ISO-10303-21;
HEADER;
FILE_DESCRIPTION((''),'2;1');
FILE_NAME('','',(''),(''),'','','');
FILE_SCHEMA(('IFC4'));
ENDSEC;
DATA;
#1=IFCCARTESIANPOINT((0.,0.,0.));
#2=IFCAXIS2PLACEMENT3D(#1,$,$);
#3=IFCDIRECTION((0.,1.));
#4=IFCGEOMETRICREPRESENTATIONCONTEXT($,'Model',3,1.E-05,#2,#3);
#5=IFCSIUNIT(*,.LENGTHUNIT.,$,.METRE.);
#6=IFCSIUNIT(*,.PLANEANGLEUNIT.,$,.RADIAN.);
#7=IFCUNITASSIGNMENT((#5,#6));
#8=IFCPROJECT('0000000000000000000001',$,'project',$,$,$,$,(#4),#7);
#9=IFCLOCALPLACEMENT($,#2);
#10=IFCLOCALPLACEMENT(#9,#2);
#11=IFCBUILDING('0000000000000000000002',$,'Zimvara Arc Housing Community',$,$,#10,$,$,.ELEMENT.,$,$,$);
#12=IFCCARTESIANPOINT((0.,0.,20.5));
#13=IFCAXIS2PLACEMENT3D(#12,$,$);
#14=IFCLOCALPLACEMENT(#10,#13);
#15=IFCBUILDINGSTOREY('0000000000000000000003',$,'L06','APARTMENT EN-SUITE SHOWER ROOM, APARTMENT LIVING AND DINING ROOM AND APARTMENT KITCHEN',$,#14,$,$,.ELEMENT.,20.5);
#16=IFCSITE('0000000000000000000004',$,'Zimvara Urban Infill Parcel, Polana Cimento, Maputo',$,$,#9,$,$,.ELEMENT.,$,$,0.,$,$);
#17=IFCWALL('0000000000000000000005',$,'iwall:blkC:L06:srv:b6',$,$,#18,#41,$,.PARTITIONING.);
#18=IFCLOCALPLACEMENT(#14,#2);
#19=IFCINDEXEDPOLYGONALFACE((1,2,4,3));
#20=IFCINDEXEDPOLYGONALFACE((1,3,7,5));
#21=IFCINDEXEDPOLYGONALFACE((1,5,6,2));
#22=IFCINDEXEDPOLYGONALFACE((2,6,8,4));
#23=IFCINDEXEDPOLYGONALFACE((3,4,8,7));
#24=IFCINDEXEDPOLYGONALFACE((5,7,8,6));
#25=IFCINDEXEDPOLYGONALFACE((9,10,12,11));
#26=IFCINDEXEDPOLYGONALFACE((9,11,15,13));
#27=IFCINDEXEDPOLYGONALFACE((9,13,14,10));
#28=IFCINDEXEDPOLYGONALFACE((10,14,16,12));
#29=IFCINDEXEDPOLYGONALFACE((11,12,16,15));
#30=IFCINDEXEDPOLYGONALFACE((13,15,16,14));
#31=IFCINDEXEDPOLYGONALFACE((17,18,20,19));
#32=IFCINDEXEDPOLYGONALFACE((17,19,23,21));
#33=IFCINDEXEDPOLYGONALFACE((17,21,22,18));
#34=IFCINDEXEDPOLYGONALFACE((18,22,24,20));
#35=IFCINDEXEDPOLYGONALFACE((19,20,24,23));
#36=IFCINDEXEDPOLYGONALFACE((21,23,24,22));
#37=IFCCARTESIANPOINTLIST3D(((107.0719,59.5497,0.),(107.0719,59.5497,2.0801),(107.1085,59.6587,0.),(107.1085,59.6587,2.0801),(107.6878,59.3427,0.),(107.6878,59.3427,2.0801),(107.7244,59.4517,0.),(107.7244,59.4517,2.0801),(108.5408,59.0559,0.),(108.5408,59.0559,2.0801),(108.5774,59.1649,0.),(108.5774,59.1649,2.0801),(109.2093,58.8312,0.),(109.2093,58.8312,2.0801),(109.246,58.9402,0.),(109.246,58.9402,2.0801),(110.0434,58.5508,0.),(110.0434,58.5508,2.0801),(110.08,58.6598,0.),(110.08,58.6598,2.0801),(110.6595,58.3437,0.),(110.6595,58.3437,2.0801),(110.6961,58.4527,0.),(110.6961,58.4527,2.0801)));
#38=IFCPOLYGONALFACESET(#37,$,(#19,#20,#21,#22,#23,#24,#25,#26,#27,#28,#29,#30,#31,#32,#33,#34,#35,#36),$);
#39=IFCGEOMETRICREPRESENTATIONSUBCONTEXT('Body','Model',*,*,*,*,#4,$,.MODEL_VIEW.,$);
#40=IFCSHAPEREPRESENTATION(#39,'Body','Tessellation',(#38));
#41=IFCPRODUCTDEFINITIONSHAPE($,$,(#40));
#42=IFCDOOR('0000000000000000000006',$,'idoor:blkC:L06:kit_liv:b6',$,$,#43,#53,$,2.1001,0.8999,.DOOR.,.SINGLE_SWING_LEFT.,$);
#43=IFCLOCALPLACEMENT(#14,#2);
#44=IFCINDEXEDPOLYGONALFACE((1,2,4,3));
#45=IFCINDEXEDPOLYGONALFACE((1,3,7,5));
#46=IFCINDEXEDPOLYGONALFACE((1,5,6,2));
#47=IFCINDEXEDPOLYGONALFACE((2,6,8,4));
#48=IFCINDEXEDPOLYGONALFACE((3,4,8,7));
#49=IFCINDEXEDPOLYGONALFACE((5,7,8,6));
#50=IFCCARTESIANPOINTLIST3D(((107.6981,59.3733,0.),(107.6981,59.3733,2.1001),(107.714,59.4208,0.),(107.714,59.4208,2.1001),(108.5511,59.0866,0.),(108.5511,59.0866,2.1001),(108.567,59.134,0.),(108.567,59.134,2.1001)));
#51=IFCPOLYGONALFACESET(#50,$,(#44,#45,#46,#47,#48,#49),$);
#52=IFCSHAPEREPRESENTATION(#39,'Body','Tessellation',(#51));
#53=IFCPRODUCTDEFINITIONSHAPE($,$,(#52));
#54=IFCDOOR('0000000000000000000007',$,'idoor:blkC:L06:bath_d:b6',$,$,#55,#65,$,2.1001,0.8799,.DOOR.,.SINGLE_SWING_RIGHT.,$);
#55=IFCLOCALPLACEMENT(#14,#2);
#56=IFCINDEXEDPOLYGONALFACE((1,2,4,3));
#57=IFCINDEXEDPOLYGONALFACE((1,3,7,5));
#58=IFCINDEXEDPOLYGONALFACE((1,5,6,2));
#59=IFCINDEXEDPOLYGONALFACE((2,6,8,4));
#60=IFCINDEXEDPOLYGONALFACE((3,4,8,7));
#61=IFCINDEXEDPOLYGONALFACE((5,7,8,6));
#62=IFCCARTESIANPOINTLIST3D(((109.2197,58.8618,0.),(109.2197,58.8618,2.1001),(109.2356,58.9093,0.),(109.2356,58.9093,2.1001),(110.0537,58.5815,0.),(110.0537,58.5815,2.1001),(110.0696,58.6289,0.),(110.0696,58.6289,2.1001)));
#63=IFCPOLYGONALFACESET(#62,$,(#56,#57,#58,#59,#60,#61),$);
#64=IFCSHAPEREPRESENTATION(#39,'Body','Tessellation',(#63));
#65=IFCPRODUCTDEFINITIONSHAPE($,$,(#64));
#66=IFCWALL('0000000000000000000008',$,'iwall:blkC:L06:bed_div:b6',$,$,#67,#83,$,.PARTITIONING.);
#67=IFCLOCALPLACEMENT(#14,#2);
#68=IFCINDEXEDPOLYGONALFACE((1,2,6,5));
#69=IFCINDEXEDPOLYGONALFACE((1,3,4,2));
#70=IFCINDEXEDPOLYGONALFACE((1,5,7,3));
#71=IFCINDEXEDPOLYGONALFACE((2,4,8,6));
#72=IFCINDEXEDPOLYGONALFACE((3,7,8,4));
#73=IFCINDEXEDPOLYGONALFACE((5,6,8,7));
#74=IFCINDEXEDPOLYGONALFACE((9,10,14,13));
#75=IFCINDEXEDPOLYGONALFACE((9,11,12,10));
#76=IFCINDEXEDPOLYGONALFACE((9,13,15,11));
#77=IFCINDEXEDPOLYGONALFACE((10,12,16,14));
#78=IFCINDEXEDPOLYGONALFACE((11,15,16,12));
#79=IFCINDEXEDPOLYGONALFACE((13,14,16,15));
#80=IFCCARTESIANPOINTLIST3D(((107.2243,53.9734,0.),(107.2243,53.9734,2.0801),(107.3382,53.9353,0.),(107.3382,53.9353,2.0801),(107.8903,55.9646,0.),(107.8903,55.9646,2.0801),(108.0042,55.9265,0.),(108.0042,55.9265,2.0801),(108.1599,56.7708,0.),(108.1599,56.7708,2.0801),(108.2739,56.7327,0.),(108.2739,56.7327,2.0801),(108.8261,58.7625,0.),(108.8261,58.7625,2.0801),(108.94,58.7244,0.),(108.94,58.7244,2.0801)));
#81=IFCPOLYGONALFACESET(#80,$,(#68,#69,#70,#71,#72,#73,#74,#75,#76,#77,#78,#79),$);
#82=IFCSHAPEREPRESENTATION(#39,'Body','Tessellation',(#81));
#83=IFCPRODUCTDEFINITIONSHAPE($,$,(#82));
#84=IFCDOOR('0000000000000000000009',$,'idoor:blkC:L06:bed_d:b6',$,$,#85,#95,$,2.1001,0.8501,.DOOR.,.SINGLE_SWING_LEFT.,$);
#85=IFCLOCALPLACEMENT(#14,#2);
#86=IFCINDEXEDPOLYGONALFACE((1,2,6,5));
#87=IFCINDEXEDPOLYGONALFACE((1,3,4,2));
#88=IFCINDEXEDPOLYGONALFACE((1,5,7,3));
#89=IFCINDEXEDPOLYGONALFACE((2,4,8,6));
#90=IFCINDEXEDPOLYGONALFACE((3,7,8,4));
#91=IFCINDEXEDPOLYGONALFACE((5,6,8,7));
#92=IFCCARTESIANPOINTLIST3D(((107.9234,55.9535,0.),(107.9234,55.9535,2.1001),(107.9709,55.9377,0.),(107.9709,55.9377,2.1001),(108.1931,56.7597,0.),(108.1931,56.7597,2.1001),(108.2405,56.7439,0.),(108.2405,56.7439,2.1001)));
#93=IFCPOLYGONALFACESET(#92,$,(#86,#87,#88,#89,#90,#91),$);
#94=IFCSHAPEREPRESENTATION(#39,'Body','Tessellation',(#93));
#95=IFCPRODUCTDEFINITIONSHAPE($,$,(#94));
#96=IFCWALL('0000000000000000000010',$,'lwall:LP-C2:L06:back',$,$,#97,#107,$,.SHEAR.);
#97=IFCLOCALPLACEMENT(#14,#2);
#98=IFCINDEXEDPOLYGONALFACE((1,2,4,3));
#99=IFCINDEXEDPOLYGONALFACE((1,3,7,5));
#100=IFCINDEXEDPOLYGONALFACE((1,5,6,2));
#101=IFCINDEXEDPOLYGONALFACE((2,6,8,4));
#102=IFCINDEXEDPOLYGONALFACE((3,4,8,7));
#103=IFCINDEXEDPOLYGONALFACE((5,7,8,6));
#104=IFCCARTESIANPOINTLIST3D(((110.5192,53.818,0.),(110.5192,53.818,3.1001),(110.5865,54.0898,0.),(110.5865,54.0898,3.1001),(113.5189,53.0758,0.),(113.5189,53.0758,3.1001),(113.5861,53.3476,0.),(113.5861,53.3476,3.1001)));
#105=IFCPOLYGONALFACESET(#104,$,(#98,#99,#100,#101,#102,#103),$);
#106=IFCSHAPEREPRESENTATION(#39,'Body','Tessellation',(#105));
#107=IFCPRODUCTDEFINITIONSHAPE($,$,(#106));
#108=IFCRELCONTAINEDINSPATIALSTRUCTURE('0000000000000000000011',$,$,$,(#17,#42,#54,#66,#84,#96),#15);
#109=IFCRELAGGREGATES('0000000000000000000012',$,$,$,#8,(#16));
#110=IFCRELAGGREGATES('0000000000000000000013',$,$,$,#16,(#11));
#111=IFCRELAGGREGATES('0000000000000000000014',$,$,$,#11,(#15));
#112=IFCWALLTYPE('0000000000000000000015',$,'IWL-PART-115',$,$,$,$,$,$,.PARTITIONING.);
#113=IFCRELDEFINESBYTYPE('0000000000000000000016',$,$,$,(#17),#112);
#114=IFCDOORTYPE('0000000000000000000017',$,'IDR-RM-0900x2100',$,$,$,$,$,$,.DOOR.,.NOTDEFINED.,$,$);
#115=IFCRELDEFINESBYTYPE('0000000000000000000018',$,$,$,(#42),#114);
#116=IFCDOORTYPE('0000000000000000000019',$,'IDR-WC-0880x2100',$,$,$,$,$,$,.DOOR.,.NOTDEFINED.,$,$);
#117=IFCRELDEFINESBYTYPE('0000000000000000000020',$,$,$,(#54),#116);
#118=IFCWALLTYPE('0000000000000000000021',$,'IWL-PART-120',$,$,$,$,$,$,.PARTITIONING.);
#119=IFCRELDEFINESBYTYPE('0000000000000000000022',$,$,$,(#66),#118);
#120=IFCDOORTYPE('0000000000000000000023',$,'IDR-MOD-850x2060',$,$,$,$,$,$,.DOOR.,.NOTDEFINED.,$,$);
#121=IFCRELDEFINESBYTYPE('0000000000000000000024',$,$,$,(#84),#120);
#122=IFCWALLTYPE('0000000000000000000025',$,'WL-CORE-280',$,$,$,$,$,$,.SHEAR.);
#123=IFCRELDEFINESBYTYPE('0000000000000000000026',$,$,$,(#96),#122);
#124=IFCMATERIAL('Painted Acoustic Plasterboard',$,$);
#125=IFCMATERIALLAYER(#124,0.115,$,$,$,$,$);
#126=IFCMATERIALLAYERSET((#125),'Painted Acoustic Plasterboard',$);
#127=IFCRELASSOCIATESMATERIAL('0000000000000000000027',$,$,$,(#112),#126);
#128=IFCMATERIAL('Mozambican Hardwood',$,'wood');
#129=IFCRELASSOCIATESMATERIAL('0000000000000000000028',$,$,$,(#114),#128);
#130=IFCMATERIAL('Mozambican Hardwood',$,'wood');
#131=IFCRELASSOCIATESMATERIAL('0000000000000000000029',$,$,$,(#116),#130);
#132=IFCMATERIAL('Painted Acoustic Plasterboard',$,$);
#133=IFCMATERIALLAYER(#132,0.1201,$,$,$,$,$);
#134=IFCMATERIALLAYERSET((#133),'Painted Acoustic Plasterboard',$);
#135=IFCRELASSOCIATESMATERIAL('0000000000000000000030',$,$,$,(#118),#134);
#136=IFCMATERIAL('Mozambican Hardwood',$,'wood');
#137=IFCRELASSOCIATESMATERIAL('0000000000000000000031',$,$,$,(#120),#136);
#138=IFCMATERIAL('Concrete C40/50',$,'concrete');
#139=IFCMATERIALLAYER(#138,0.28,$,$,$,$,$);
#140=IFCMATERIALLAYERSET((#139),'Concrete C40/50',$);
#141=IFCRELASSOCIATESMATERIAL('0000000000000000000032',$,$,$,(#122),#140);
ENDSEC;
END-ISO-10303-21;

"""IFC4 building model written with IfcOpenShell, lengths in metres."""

from ifc_helpers import new_model, si_unit, direction, frame, frame_2d, origin, place, context, subcontext, project, spatial, rectangle, extrude, material, layer, layer_set, type_object, element, fill, save


model = new_model("IFC4")

# Units and contexts
model_context = context("Model", 3, precision=1e-05, world=origin(), true_north=direction((0.0, 1.0)))
body_context = subcontext(model_context, "Body", "Model", "MODEL_VIEW")
ifc_project = project(units=[si_unit("LENGTHUNIT", "METRE"), si_unit("PLANEANGLEUNIT", "RADIAN")], contexts=[model_context])

# Site, building, storey
site_placement = place(None, origin())
site = spatial("IfcSite", under=ifc_project, at=site_placement, Name="Zimvara Urban Infill Parcel, Polana Cimento, Maputo", CompositionType="ELEMENT", RefElevation=0.0)
building_placement = place(site_placement, origin())
building = spatial("IfcBuilding", under=site, at=building_placement, Name="Zimvara Arc Housing Community", CompositionType="ELEMENT")
storey_placement = place(building_placement, frame((0.0, 0.0, 20.5)))
storey = spatial("IfcBuildingStorey", under=building, at=storey_placement, Name="L06", Description="APARTMENT EN-SUITE SHOWER ROOM, APARTMENT LIVING AND DINING ROOM AND APARTMENT KITCHEN", CompositionType="ELEMENT", Elevation=20.5)

# Wall, openings, doors
ifc_material_1 = material(Name="Painted Acoustic Plasterboard")
ifc_layer_1 = layer(ifc_material_1, 0.115)
ifc_layer_set_1 = layer_set([ifc_layer_1], Name="Painted Acoustic Plasterboard")
wall_type_1 = type_object("IfcWallType", Name="IWL-PART-115", PredefinedType="PARTITIONING", material=ifc_layer_set_1)
wall_1_placement = place(storey_placement, frame((107.0901, 59.6042, 0.0), z_axis=(0.0, 0.0, 1.0), x_axis=(0.947874, -0.318646, 0.0)))
wall_1 = element("IfcWall", 1, at=wall_1_placement, inside=storey, type_object=wall_type_1, Name="iwall:blkC:L06:srv:b6", PredefinedType="PARTITIONING", context=body_context, shape_type="SweptSolid", body=[
    extrude(rectangle(XDim=3.7849, YDim=0.115, at=frame_2d((1.8926, 0.0))), origin(), (0.0, 0.0, 1.0), 2.0801),
])
opening_1_placement = place(wall_1_placement, frame((0.6499, 0.0, 0.0)))
opening_1 = element("IfcOpeningElement", 2, at=opening_1_placement, cuts=wall_1, PredefinedType="OPENING", context=body_context, shape_type="SweptSolid", body=[
    extrude(rectangle(XDim=0.8999, YDim=2.1001, at=frame_2d((0.45, 1.05))), frame((0.0, 0.0674, 0.0), z_axis=(0.0, -1.0, 0.0), x_axis=(1.0, 0.0, 0.0)), (0.0, 0.0, 1.0), 0.135),
])
opening_2_placement = place(wall_1_placement, frame((2.2551, 0.0, 0.0)))
opening_2 = element("IfcOpeningElement", 3, at=opening_2_placement, cuts=wall_1, PredefinedType="OPENING", context=body_context, shape_type="SweptSolid", body=[
    extrude(rectangle(XDim=0.8799, YDim=2.1001, at=frame_2d((0.4399, 1.05))), frame((0.0, 0.0674, 0.0), z_axis=(0.0, -1.0, 0.0), x_axis=(1.0, 0.0, 0.0)), (0.0, 0.0, 1.0), 0.135),
])
ifc_material_2 = material(Name="Mozambican Hardwood", Category="wood")
door_type_1 = type_object("IfcDoorType", Name="IDR-RM-0900x2100", OperationType="NOTDEFINED", PredefinedType="DOOR", material=ifc_material_2)
door_1_placement = place(opening_1_placement, origin())
door_1 = element("IfcDoor", 4, at=door_1_placement, inside=storey, type_object=door_type_1, Name="idoor:blkC:L06:kit_liv:b6", OperationType="SINGLE_SWING_LEFT", OverallHeight=2.1001, OverallWidth=0.8999, PredefinedType="DOOR", context=body_context, shape_type="SweptSolid", body=[
    extrude(rectangle(XDim=0.8999, YDim=2.1001, at=frame_2d((0.45, 1.05))), frame((0.0, 0.0249, 0.0), z_axis=(0.0, -1.0, 0.0), x_axis=(1.0, 0.0, 0.0)), (0.0, 0.0, 1.0), 0.05),
])
fill(opening_1, door_1)
ifc_material_3 = material(Name="Mozambican Hardwood", Category="wood")
door_type_2 = type_object("IfcDoorType", Name="IDR-WC-0880x2100", OperationType="NOTDEFINED", PredefinedType="DOOR", material=ifc_material_3)
door_2_placement = place(opening_2_placement, origin())
door_2 = element("IfcDoor", 5, at=door_2_placement, inside=storey, type_object=door_type_2, Name="idoor:blkC:L06:bath_d:b6", OperationType="SINGLE_SWING_RIGHT", OverallHeight=2.1001, OverallWidth=0.8799, PredefinedType="DOOR", context=body_context, shape_type="SweptSolid", body=[
    extrude(rectangle(XDim=0.8799, YDim=2.1001, at=frame_2d((0.4399, 1.05))), frame((0.0, 0.0249, 0.0), z_axis=(0.0, -1.0, 0.0), x_axis=(1.0, 0.0, 0.0)), (0.0, 0.0, 1.0), 0.05),
])
fill(opening_2, door_2)

# Wall, opening, door
ifc_material_4 = material(Name="Painted Acoustic Plasterboard")
ifc_layer_2 = layer(ifc_material_4, 0.1201)
ifc_layer_set_2 = layer_set([ifc_layer_2], Name="Painted Acoustic Plasterboard")
wall_type_2 = type_object("IfcWallType", Name="IWL-PART-120", PredefinedType="PARTITIONING", material=ifc_layer_set_2)
wall_2_placement = place(storey_placement, frame((108.8831, 58.7434, 0.0), z_axis=(0.0, 0.0, 1.0), x_axis=(-0.317199, -0.948359, 0.0)))
wall_2 = element("IfcWall", 6, at=wall_2_placement, inside=storey, type_object=wall_type_2, Name="iwall:blkC:L06:bed_div:b6", PredefinedType="PARTITIONING", context=body_context, shape_type="SweptSolid", body=[
    extrude(rectangle(XDim=5.0498, YDim=0.1201, at=frame_2d((2.5249, 0.0))), origin(), (0.0, 0.0, 1.0), 2.0801),
])
opening_3_placement = place(wall_2_placement, frame((2.1001, 0.0, 0.0)))
opening_3 = element("IfcOpeningElement", 7, at=opening_3_placement, cuts=wall_2, PredefinedType="OPENING", context=body_context, shape_type="SweptSolid", body=[
    extrude(rectangle(XDim=0.8501, YDim=2.1001, at=frame_2d((0.425, 1.05))), frame((0.0, 0.0701, 0.0), z_axis=(0.0, -1.0, 0.0), x_axis=(1.0, 0.0, 0.0)), (0.0, 0.0, 1.0), 0.1401),
])
ifc_material_5 = material(Name="Mozambican Hardwood", Category="wood")
door_type_3 = type_object("IfcDoorType", Name="IDR-MOD-850x2060", OperationType="NOTDEFINED", PredefinedType="DOOR", material=ifc_material_5)
door_3_placement = place(opening_3_placement, origin())
door_3 = element("IfcDoor", 8, at=door_3_placement, inside=storey, type_object=door_type_3, Name="idoor:blkC:L06:bed_d:b6", OperationType="SINGLE_SWING_LEFT", OverallHeight=2.1001, OverallWidth=0.8501, PredefinedType="DOOR", context=body_context, shape_type="SweptSolid", body=[
    extrude(rectangle(XDim=0.8501, YDim=2.1001, at=frame_2d((0.425, 1.05))), frame((0.0, 0.0249, 0.0), z_axis=(0.0, -1.0, 0.0), x_axis=(1.0, 0.0, 0.0)), (0.0, 0.0, 1.0), 0.05),
])
fill(opening_3, door_3)

# Wall
ifc_material_6 = material(Name="Concrete C40/50", Category="concrete")
ifc_layer_3 = layer(ifc_material_6, 0.28)
ifc_layer_set_3 = layer_set([ifc_layer_3], Name="Concrete C40/50")
wall_type_3 = type_object("IfcWallType", Name="WL-CORE-280", PredefinedType="SHEAR", material=ifc_layer_set_3)
wall_3_placement = place(storey_placement, frame((110.553, 53.9539, 0.0), z_axis=(0.0, 0.0, 1.0), x_axis=(0.970725, -0.240192, 0.0)))
element("IfcWall", 9, at=wall_3_placement, inside=storey, type_object=wall_type_3, Name="lwall:LP-C2:L06:back", PredefinedType="SHEAR", context=body_context, shape_type="SweptSolid", body=[
    extrude(rectangle(XDim=3.0901, YDim=0.28, at=frame_2d((1.5449, 0.0))), origin(), (0.0, 0.0, 1.0), 3.1001),
])

save(model, "model.ifc")
